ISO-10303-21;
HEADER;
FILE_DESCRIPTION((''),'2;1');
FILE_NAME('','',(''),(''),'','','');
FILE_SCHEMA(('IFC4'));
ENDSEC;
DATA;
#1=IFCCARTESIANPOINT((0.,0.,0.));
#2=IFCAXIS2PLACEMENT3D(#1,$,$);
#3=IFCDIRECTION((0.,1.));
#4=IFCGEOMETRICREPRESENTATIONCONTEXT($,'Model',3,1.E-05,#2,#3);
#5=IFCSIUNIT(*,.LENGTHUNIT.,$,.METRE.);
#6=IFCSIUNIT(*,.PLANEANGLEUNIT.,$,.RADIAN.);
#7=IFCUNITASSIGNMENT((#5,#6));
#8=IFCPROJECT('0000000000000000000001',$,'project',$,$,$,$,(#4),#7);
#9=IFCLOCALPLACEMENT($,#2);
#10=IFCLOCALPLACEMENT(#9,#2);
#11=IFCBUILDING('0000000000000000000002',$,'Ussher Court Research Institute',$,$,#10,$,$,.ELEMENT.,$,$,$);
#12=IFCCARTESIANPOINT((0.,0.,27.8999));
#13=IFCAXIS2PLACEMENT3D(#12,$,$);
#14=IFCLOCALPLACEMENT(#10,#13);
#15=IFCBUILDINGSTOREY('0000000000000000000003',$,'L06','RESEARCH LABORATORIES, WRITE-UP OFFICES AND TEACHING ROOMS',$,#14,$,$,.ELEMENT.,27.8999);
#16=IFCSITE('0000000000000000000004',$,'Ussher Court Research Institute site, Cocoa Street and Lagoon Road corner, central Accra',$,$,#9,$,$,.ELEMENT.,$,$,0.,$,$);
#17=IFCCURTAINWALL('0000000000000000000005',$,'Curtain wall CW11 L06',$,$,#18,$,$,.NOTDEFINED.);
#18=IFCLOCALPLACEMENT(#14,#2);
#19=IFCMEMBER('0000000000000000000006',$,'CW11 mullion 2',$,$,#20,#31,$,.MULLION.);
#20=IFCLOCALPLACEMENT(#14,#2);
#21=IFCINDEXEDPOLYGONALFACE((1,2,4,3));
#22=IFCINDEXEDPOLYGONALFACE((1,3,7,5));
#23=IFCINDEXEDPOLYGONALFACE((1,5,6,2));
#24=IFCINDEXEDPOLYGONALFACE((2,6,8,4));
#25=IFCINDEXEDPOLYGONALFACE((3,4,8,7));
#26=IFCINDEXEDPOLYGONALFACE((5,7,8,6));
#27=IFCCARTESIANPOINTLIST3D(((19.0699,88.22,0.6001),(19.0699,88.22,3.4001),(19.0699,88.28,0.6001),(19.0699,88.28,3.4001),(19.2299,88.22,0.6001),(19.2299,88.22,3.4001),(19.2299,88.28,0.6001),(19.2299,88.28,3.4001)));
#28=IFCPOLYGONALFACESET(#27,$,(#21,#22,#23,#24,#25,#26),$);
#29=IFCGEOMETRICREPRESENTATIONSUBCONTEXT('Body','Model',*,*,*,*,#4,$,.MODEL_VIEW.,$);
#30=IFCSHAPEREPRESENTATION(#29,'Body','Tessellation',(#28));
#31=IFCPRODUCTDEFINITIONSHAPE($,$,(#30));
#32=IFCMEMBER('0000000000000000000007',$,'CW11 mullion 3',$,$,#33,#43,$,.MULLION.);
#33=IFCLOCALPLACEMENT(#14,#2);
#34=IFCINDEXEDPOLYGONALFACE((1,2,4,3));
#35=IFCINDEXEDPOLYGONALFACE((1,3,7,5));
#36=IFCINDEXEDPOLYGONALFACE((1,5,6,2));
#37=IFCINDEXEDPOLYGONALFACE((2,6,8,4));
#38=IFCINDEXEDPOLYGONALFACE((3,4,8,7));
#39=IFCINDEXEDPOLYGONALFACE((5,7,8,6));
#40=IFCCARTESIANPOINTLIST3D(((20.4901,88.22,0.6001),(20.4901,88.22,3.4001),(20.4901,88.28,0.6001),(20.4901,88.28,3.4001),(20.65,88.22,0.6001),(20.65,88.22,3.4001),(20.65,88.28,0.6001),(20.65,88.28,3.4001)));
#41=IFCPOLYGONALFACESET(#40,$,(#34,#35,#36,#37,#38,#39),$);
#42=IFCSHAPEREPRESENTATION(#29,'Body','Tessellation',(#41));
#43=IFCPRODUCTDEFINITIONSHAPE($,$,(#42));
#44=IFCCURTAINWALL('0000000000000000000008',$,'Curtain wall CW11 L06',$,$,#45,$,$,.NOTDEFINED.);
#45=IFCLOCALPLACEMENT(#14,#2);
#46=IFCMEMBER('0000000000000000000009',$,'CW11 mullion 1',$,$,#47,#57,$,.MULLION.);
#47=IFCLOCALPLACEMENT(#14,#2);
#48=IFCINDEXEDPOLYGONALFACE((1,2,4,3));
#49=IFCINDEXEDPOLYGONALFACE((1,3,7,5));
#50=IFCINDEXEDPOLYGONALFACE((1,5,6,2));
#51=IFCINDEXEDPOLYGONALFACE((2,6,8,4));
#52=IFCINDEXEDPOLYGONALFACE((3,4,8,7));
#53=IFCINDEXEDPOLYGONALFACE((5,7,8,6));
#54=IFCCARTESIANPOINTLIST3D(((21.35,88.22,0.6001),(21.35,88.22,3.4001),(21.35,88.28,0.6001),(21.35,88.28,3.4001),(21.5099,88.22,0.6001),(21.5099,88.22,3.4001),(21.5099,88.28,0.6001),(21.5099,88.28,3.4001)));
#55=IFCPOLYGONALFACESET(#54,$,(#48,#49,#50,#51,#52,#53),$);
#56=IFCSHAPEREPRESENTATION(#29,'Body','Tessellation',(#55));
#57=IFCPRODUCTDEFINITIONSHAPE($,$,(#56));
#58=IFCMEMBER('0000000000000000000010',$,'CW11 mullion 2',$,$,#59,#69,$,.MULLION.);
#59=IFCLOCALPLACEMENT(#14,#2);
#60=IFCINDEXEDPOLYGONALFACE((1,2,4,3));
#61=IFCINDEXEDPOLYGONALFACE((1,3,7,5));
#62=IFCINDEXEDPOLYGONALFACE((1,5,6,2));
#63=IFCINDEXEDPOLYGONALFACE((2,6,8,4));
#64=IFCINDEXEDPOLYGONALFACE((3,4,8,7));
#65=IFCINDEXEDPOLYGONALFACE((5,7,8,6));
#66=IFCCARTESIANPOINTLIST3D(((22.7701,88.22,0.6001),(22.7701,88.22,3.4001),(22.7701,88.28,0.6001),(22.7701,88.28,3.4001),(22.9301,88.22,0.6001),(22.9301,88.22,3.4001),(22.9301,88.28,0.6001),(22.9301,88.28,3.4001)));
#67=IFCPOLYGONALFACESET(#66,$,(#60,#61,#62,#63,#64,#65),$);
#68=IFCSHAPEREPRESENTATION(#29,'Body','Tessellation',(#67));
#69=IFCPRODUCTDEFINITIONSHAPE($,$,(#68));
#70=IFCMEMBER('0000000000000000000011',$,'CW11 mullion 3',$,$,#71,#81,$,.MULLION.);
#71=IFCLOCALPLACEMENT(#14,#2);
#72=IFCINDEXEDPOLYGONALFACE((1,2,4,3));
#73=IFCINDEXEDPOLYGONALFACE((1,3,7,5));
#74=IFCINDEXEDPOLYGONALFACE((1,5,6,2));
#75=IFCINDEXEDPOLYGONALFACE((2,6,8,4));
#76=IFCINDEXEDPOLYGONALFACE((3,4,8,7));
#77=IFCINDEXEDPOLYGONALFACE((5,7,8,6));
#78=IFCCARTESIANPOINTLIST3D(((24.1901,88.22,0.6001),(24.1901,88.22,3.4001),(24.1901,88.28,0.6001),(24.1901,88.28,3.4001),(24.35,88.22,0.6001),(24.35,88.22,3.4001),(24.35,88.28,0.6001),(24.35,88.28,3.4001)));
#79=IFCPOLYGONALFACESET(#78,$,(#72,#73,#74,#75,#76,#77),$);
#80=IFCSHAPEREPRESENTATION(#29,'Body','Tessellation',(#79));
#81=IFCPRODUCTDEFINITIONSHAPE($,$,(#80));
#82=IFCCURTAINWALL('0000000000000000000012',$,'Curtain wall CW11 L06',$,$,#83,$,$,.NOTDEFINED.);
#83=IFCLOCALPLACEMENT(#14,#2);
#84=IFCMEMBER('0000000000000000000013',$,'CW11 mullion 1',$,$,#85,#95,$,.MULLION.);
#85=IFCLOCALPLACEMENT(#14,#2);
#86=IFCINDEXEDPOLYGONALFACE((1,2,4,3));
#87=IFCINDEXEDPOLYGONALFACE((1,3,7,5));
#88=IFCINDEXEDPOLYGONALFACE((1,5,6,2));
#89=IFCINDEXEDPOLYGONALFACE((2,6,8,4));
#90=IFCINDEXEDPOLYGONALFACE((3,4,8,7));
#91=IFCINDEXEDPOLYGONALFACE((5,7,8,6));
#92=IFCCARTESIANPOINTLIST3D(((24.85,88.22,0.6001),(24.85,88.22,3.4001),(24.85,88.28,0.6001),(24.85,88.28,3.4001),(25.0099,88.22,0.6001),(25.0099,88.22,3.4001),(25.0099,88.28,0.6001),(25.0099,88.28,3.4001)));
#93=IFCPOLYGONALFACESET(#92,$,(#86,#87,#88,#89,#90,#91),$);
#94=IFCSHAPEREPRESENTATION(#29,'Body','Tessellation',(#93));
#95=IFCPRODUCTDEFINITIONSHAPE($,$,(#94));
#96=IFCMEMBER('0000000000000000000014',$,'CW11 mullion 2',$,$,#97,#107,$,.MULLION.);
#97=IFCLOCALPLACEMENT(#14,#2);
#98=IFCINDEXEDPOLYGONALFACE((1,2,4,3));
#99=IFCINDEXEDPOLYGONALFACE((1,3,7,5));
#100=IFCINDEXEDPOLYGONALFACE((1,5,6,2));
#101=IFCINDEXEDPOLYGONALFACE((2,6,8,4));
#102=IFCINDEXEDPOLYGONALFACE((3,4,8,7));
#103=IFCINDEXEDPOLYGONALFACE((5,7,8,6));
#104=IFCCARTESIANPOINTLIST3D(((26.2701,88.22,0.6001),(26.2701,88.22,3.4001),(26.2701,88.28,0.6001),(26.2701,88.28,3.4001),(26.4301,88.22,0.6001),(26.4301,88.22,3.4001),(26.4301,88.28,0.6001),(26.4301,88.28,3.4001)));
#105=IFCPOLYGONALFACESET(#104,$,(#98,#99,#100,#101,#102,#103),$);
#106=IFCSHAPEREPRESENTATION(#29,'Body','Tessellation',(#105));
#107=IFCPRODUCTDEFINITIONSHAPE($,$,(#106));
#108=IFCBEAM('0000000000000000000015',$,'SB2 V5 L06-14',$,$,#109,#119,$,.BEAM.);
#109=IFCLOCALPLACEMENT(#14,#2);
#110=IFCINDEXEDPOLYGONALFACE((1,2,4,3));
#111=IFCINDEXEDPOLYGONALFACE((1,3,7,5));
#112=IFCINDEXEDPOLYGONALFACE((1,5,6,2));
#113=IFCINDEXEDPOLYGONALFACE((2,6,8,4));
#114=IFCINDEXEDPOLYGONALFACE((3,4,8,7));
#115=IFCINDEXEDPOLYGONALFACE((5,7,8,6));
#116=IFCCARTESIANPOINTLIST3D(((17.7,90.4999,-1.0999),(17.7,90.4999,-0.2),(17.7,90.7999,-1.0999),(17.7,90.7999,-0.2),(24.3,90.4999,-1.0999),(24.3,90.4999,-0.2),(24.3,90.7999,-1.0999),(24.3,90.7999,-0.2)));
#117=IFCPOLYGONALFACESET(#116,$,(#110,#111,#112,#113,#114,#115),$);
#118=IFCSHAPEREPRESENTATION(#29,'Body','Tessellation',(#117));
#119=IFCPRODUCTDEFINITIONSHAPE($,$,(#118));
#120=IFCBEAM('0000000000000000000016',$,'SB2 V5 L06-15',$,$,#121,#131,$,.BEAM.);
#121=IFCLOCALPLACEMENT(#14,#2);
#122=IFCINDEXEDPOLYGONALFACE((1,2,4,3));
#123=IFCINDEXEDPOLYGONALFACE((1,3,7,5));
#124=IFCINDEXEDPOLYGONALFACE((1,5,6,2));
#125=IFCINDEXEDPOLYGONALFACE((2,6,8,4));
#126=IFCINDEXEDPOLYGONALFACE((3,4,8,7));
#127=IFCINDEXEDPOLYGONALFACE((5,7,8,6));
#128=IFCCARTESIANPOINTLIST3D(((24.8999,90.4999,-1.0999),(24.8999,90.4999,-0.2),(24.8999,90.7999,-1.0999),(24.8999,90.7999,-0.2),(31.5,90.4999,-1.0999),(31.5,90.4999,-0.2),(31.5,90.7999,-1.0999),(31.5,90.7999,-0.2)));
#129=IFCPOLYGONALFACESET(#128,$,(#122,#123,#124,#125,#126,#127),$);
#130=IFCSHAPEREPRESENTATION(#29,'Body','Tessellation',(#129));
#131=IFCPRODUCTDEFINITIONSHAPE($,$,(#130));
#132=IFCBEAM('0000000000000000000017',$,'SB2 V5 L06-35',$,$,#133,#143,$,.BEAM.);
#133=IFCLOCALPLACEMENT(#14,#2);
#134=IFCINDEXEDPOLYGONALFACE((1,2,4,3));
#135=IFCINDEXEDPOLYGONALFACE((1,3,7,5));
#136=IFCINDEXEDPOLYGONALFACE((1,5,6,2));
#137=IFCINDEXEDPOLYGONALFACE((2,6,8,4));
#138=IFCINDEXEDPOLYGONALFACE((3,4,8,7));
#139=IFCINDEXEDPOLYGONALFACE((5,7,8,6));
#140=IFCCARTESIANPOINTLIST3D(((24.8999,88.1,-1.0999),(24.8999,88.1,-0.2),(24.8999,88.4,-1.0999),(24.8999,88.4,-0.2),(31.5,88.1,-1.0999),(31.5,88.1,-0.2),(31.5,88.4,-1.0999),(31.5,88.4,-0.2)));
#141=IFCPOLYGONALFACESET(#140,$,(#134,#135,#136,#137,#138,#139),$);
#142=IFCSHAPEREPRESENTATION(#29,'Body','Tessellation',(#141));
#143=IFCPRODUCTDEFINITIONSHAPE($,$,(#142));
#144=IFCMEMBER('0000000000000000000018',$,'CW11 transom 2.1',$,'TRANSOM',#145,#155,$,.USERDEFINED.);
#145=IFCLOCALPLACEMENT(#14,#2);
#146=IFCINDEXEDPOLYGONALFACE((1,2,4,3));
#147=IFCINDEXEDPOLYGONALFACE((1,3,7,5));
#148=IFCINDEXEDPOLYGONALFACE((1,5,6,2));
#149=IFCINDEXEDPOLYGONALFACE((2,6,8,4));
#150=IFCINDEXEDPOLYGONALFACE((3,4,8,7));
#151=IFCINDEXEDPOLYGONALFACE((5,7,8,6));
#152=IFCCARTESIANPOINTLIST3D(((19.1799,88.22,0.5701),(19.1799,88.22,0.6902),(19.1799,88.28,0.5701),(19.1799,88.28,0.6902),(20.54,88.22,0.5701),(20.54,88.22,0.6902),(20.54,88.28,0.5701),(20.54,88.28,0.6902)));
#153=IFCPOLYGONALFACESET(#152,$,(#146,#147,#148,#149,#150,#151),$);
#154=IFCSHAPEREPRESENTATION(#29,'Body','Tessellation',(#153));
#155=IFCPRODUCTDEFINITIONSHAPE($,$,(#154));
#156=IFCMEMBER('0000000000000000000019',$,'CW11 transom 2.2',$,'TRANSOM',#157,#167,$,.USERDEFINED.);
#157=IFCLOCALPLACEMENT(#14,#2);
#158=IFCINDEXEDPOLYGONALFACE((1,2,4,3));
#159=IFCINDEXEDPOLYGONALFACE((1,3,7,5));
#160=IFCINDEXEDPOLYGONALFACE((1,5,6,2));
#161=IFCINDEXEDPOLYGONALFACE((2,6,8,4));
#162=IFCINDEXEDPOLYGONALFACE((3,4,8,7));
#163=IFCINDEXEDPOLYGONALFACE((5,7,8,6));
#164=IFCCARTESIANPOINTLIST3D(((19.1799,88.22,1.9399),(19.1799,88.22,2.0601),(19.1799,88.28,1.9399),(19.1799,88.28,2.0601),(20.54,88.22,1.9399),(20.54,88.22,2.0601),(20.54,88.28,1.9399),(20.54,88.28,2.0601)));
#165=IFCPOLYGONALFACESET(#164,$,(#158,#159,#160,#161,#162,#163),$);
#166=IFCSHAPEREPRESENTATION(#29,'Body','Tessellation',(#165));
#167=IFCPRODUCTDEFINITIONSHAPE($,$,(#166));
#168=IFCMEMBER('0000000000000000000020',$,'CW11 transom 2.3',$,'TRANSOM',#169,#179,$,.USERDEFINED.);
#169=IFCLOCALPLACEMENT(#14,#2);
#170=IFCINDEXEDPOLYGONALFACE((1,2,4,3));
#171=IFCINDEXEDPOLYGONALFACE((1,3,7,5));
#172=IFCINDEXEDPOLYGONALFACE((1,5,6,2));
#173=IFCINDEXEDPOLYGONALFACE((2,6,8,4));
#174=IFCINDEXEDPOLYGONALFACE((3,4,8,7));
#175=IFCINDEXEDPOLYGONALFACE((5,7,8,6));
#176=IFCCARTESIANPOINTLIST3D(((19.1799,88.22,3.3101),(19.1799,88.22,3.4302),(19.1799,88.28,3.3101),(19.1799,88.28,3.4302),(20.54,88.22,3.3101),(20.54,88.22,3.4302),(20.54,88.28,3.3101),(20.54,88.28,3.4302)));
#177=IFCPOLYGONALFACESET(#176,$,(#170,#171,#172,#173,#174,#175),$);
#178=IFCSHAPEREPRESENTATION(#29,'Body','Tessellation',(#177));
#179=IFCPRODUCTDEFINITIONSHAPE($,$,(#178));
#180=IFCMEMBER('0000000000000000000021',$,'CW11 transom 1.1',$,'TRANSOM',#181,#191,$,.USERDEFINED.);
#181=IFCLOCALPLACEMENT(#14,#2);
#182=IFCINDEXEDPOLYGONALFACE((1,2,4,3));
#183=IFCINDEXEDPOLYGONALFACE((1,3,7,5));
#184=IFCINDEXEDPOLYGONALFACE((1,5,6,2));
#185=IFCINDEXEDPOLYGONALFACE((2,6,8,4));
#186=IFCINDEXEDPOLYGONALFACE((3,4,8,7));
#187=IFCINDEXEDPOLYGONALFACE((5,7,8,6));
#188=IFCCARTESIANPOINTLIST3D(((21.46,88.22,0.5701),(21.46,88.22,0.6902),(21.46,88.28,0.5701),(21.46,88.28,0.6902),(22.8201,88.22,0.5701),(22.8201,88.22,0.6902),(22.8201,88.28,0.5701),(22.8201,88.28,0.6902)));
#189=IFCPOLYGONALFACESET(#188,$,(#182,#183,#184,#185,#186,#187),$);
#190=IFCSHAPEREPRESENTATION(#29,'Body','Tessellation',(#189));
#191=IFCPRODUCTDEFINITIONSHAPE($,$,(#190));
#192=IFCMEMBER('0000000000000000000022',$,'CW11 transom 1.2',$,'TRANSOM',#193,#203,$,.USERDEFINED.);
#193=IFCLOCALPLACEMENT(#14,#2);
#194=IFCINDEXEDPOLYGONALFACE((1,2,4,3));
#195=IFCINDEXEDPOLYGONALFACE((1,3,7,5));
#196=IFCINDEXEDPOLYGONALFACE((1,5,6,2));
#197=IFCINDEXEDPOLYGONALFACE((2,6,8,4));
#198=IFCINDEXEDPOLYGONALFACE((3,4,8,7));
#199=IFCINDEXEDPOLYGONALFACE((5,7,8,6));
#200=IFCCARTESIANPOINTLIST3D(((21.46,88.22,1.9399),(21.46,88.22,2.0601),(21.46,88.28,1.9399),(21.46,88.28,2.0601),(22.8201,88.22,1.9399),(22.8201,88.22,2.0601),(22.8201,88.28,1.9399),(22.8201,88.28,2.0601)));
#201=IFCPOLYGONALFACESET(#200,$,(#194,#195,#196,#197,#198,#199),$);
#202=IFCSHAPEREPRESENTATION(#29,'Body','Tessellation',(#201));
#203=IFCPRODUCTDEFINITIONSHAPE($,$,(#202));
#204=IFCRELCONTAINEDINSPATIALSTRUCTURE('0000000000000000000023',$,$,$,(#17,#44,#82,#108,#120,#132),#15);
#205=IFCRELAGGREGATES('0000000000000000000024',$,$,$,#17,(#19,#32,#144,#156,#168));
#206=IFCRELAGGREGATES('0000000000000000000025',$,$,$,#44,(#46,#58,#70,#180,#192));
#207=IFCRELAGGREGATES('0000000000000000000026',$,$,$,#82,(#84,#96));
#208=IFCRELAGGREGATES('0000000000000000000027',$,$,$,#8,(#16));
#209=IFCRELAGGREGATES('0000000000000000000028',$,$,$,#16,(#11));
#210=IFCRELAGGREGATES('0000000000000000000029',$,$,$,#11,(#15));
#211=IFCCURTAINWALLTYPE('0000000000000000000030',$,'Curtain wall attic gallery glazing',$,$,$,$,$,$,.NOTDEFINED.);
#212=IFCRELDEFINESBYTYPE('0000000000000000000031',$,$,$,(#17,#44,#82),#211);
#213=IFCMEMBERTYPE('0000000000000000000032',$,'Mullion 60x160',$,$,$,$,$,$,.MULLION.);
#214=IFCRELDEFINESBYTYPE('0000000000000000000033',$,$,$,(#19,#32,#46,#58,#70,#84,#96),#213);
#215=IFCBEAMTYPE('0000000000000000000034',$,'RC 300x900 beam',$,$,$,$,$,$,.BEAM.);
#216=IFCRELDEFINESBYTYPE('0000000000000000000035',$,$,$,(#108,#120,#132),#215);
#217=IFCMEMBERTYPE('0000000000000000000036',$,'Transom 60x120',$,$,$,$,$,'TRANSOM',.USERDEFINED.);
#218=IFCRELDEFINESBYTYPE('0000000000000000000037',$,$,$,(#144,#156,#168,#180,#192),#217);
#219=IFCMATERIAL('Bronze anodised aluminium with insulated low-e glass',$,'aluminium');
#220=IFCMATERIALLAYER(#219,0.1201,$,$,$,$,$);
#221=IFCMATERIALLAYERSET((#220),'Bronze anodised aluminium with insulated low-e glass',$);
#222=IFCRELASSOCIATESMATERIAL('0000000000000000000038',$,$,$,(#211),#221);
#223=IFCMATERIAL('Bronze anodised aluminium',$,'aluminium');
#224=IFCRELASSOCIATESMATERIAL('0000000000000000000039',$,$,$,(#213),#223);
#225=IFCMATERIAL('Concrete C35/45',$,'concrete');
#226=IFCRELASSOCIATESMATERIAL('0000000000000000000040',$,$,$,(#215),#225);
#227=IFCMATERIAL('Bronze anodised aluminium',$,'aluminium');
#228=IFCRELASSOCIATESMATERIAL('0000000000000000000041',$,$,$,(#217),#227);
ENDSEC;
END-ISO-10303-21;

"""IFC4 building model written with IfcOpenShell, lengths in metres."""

from ifc_helpers import new_model, si_unit, direction, frame, origin, origin_2d, place, context, subcontext, project, spatial, rectangle, extrude, material, layer, layer_set, material_profile, profile_set, type_object, element, aggregate, save


model = new_model("IFC4")

# Units and contexts
model_context = context("Model", 3, precision=1e-05, world=origin(), true_north=direction((0.0, 1.0)))
body_context = subcontext(model_context, "Body", "Model", "MODEL_VIEW")
ifc_project = project(units=[si_unit("LENGTHUNIT", "METRE"), si_unit("PLANEANGLEUNIT", "RADIAN")], contexts=[model_context])

# Site, building, storey
site_placement = place(None, origin())
site = spatial("IfcSite", under=ifc_project, at=site_placement, Name="Ussher Court Research Institute site, Cocoa Street and Lagoon Road corner, central Accra", CompositionType="ELEMENT", RefElevation=0.0)
building_placement = place(site_placement, origin())
building = spatial("IfcBuilding", under=site, at=building_placement, Name="Ussher Court Research Institute", CompositionType="ELEMENT")
storey_placement = place(building_placement, frame((0.0, 0.0, 27.8999)))
storey = spatial("IfcBuildingStorey", under=building, at=storey_placement, Name="L06", Description="RESEARCH LABORATORIES, WRITE-UP OFFICES AND TEACHING ROOMS", CompositionType="ELEMENT", Elevation=27.8999)

# Curtain walls, members
ifc_material_1 = material(Name="Bronze anodised aluminium with insulated low-e glass", Category="aluminium")
ifc_layer_1 = layer(ifc_material_1, 0.1201)
ifc_layer_set_1 = layer_set([ifc_layer_1], Name="Bronze anodised aluminium with insulated low-e glass")
curtain_wall_type = type_object("IfcCurtainWallType", Name="Curtain wall attic gallery glazing", PredefinedType="NOTDEFINED", material=ifc_layer_set_1)
curtain_wall_1_placement = place(storey_placement, origin())
curtain_wall_1 = element("IfcCurtainWall", 1, at=curtain_wall_1_placement, inside=storey, type_object=curtain_wall_type, Name="Curtain wall CW11 L06", PredefinedType="NOTDEFINED")
ifc_material_2 = material(Name="Bronze anodised aluminium", Category="aluminium")
ifc_material_profile_1 = material_profile(ifc_material_2, rectangle(XDim=0.0601, YDim=0.1599, at=origin_2d()), Name="Mullion 60x160")
ifc_profile_set_1 = profile_set([ifc_material_profile_1], Name="Bronze anodised aluminium")
member_type_1 = type_object("IfcMemberType", Name="Mullion 60x160", PredefinedType="MULLION", material=ifc_profile_set_1)
member_1_placement = place(storey_placement, frame((19.1499, 88.25, 0.6001), z_axis=(0.0, 0.0, 1.0), x_axis=(0.0, 1.0, 0.0)))
member_1 = element("IfcMember", 2, at=member_1_placement, type_object=member_type_1, Name="CW11 mullion 2", PredefinedType="MULLION", context=body_context, shape_type="SweptSolid", body=[
    extrude(rectangle(XDim=0.0601, YDim=0.1599, at=origin_2d()), origin(), (0.0, 0.0, 1.0), 2.8),
])
member_2_placement = place(storey_placement, frame((20.5701, 88.25, 0.6001), z_axis=(0.0, 0.0, 1.0), x_axis=(0.0, 1.0, 0.0)))
member_2 = element("IfcMember", 3, at=member_2_placement, type_object=member_type_1, Name="CW11 mullion 3", PredefinedType="MULLION", context=body_context, shape_type="SweptSolid", body=[
    extrude(rectangle(XDim=0.0601, YDim=0.1599, at=origin_2d()), origin(), (0.0, 0.0, 1.0), 2.8),
])
curtain_wall_2_placement = place(storey_placement, origin())
curtain_wall_2 = element("IfcCurtainWall", 4, at=curtain_wall_2_placement, inside=storey, type_object=curtain_wall_type, Name="Curtain wall CW11 L06", PredefinedType="NOTDEFINED")
member_3_placement = place(storey_placement, frame((21.4299, 88.25, 0.6001), z_axis=(0.0, 0.0, 1.0), x_axis=(0.0, 1.0, 0.0)))
member_3 = element("IfcMember", 5, at=member_3_placement, type_object=member_type_1, Name="CW11 mullion 1", PredefinedType="MULLION", context=body_context, shape_type="SweptSolid", body=[
    extrude(rectangle(XDim=0.0601, YDim=0.1599, at=origin_2d()), origin(), (0.0, 0.0, 1.0), 2.8),
])
member_4_placement = place(storey_placement, frame((22.8501, 88.25, 0.6001), z_axis=(0.0, 0.0, 1.0), x_axis=(0.0, 1.0, 0.0)))
member_4 = element("IfcMember", 6, at=member_4_placement, type_object=member_type_1, Name="CW11 mullion 2", PredefinedType="MULLION", context=body_context, shape_type="SweptSolid", body=[
    extrude(rectangle(XDim=0.0601, YDim=0.1599, at=origin_2d()), origin(), (0.0, 0.0, 1.0), 2.8),
])
member_5_placement = place(storey_placement, frame((24.27, 88.25, 0.6001), z_axis=(0.0, 0.0, 1.0), x_axis=(0.0, 1.0, 0.0)))
member_5 = element("IfcMember", 7, at=member_5_placement, type_object=member_type_1, Name="CW11 mullion 3", PredefinedType="MULLION", context=body_context, shape_type="SweptSolid", body=[
    extrude(rectangle(XDim=0.0601, YDim=0.1599, at=origin_2d()), origin(), (0.0, 0.0, 1.0), 2.8),
])
curtain_wall_3_placement = place(storey_placement, origin())
curtain_wall_3 = element("IfcCurtainWall", 8, at=curtain_wall_3_placement, inside=storey, type_object=curtain_wall_type, Name="Curtain wall CW11 L06", PredefinedType="NOTDEFINED")
member_6_placement = place(storey_placement, frame((24.9299, 88.25, 0.6001), z_axis=(0.0, 0.0, 1.0), x_axis=(0.0, 1.0, 0.0)))
member_6 = element("IfcMember", 9, at=member_6_placement, type_object=member_type_1, Name="CW11 mullion 1", PredefinedType="MULLION", context=body_context, shape_type="SweptSolid", body=[
    extrude(rectangle(XDim=0.0601, YDim=0.1599, at=origin_2d()), origin(), (0.0, 0.0, 1.0), 2.8),
])
member_7_placement = place(storey_placement, frame((26.3501, 88.25, 0.6001), z_axis=(0.0, 0.0, 1.0), x_axis=(0.0, 1.0, 0.0)))
member_7 = element("IfcMember", 10, at=member_7_placement, type_object=member_type_1, Name="CW11 mullion 2", PredefinedType="MULLION", context=body_context, shape_type="SweptSolid", body=[
    extrude(rectangle(XDim=0.0601, YDim=0.1599, at=origin_2d()), origin(), (0.0, 0.0, 1.0), 2.8),
])

# Beams
ifc_material_3 = material(Name="Concrete C35/45", Category="concrete")
ifc_material_profile_2 = material_profile(ifc_material_3, rectangle(XDim=0.3, YDim=0.8999, at=origin_2d()), Name="RC 300x900")
ifc_profile_set_2 = profile_set([ifc_material_profile_2], Name="Concrete C35/45")
beam_type = type_object("IfcBeamType", Name="RC 300x900 beam", PredefinedType="BEAM", material=ifc_profile_set_2)
for number, where, z_axis, x_axis, name in (
    (11, (17.7, 90.6499, -0.6499), (1.0, 0.0, 0.0), (0.0, 1.0, 0.0), "SB2 V5 L06-14"),
    (12, (24.8999, 90.6499, -0.6499), (1.0, 0.0, 0.0), (0.0, 1.0, 0.0), "SB2 V5 L06-15"),
    (13, (24.8999, 88.25, -0.6499), (1.0, 0.0, 0.0), (0.0, 1.0, 0.0), "SB2 V5 L06-35"),
):
    element("IfcBeam", number, at=place(storey_placement, frame(where, z_axis=z_axis, x_axis=x_axis)), inside=storey, type_object=beam_type, Name=name, PredefinedType="BEAM", context=body_context, shape_type="SweptSolid", body=[
        extrude(rectangle(XDim=0.3, YDim=0.8999, at=origin_2d()), origin(), (0.0, 0.0, 1.0), 6.6001),
    ])

# Members
ifc_material_4 = material(Name="Bronze anodised aluminium", Category="aluminium")
ifc_material_profile_3 = material_profile(ifc_material_4, rectangle(XDim=0.0601, YDim=0.1201, at=origin_2d()), Name="Transom 60x120")
ifc_profile_set_3 = profile_set([ifc_material_profile_3], Name="Bronze anodised aluminium")
member_type_2 = type_object("IfcMemberType", Name="Transom 60x120", ElementType="TRANSOM", PredefinedType="USERDEFINED", material=ifc_profile_set_3)
member_8_placement = place(storey_placement, frame((19.1799, 88.25, 0.6301), z_axis=(1.0, 0.0, 0.0), x_axis=(0.0, 1.0, 0.0)))
member_8 = element("IfcMember", 14, at=member_8_placement, type_object=member_type_2, Name="CW11 transom 2.1", ObjectType="TRANSOM", PredefinedType="USERDEFINED", context=body_context, shape_type="SweptSolid", body=[
    extrude(rectangle(XDim=0.0601, YDim=0.1201, at=origin_2d()), origin(), (0.0, 0.0, 1.0), 1.3601),
])
member_9_placement = place(storey_placement, frame((19.1799, 88.25, 2.0), z_axis=(1.0, 0.0, 0.0), x_axis=(0.0, 1.0, 0.0)))
member_9 = element("IfcMember", 15, at=member_9_placement, type_object=member_type_2, Name="CW11 transom 2.2", ObjectType="TRANSOM", PredefinedType="USERDEFINED", context=body_context, shape_type="SweptSolid", body=[
    extrude(rectangle(XDim=0.0601, YDim=0.1201, at=origin_2d()), origin(), (0.0, 0.0, 1.0), 1.3601),
])
member_10_placement = place(storey_placement, frame((19.1799, 88.25, 3.3701), z_axis=(1.0, 0.0, 0.0), x_axis=(0.0, 1.0, 0.0)))
member_10 = element("IfcMember", 16, at=member_10_placement, type_object=member_type_2, Name="CW11 transom 2.3", ObjectType="TRANSOM", PredefinedType="USERDEFINED", context=body_context, shape_type="SweptSolid", body=[
    extrude(rectangle(XDim=0.0601, YDim=0.1201, at=origin_2d()), origin(), (0.0, 0.0, 1.0), 1.3601),
])
member_11_placement = place(storey_placement, frame((21.46, 88.25, 0.6301), z_axis=(1.0, 0.0, 0.0), x_axis=(0.0, 1.0, 0.0)))
member_11 = element("IfcMember", 17, at=member_11_placement, type_object=member_type_2, Name="CW11 transom 1.1", ObjectType="TRANSOM", PredefinedType="USERDEFINED", context=body_context, shape_type="SweptSolid", body=[
    extrude(rectangle(XDim=0.0601, YDim=0.1201, at=origin_2d()), origin(), (0.0, 0.0, 1.0), 1.3601),
])
member_12_placement = place(storey_placement, frame((21.46, 88.25, 2.0), z_axis=(1.0, 0.0, 0.0), x_axis=(0.0, 1.0, 0.0)))
member_12 = element("IfcMember", 18, at=member_12_placement, type_object=member_type_2, Name="CW11 transom 1.2", ObjectType="TRANSOM", PredefinedType="USERDEFINED", context=body_context, shape_type="SweptSolid", body=[
    extrude(rectangle(XDim=0.0601, YDim=0.1201, at=origin_2d()), origin(), (0.0, 0.0, 1.0), 1.3601),
])

aggregate(curtain_wall_1, [member_1, member_2, member_8, member_9, member_10])
aggregate(curtain_wall_2, [member_3, member_4, member_5, member_11, member_12])
aggregate(curtain_wall_3, [member_6, member_7])

save(model, "model.ifc")
